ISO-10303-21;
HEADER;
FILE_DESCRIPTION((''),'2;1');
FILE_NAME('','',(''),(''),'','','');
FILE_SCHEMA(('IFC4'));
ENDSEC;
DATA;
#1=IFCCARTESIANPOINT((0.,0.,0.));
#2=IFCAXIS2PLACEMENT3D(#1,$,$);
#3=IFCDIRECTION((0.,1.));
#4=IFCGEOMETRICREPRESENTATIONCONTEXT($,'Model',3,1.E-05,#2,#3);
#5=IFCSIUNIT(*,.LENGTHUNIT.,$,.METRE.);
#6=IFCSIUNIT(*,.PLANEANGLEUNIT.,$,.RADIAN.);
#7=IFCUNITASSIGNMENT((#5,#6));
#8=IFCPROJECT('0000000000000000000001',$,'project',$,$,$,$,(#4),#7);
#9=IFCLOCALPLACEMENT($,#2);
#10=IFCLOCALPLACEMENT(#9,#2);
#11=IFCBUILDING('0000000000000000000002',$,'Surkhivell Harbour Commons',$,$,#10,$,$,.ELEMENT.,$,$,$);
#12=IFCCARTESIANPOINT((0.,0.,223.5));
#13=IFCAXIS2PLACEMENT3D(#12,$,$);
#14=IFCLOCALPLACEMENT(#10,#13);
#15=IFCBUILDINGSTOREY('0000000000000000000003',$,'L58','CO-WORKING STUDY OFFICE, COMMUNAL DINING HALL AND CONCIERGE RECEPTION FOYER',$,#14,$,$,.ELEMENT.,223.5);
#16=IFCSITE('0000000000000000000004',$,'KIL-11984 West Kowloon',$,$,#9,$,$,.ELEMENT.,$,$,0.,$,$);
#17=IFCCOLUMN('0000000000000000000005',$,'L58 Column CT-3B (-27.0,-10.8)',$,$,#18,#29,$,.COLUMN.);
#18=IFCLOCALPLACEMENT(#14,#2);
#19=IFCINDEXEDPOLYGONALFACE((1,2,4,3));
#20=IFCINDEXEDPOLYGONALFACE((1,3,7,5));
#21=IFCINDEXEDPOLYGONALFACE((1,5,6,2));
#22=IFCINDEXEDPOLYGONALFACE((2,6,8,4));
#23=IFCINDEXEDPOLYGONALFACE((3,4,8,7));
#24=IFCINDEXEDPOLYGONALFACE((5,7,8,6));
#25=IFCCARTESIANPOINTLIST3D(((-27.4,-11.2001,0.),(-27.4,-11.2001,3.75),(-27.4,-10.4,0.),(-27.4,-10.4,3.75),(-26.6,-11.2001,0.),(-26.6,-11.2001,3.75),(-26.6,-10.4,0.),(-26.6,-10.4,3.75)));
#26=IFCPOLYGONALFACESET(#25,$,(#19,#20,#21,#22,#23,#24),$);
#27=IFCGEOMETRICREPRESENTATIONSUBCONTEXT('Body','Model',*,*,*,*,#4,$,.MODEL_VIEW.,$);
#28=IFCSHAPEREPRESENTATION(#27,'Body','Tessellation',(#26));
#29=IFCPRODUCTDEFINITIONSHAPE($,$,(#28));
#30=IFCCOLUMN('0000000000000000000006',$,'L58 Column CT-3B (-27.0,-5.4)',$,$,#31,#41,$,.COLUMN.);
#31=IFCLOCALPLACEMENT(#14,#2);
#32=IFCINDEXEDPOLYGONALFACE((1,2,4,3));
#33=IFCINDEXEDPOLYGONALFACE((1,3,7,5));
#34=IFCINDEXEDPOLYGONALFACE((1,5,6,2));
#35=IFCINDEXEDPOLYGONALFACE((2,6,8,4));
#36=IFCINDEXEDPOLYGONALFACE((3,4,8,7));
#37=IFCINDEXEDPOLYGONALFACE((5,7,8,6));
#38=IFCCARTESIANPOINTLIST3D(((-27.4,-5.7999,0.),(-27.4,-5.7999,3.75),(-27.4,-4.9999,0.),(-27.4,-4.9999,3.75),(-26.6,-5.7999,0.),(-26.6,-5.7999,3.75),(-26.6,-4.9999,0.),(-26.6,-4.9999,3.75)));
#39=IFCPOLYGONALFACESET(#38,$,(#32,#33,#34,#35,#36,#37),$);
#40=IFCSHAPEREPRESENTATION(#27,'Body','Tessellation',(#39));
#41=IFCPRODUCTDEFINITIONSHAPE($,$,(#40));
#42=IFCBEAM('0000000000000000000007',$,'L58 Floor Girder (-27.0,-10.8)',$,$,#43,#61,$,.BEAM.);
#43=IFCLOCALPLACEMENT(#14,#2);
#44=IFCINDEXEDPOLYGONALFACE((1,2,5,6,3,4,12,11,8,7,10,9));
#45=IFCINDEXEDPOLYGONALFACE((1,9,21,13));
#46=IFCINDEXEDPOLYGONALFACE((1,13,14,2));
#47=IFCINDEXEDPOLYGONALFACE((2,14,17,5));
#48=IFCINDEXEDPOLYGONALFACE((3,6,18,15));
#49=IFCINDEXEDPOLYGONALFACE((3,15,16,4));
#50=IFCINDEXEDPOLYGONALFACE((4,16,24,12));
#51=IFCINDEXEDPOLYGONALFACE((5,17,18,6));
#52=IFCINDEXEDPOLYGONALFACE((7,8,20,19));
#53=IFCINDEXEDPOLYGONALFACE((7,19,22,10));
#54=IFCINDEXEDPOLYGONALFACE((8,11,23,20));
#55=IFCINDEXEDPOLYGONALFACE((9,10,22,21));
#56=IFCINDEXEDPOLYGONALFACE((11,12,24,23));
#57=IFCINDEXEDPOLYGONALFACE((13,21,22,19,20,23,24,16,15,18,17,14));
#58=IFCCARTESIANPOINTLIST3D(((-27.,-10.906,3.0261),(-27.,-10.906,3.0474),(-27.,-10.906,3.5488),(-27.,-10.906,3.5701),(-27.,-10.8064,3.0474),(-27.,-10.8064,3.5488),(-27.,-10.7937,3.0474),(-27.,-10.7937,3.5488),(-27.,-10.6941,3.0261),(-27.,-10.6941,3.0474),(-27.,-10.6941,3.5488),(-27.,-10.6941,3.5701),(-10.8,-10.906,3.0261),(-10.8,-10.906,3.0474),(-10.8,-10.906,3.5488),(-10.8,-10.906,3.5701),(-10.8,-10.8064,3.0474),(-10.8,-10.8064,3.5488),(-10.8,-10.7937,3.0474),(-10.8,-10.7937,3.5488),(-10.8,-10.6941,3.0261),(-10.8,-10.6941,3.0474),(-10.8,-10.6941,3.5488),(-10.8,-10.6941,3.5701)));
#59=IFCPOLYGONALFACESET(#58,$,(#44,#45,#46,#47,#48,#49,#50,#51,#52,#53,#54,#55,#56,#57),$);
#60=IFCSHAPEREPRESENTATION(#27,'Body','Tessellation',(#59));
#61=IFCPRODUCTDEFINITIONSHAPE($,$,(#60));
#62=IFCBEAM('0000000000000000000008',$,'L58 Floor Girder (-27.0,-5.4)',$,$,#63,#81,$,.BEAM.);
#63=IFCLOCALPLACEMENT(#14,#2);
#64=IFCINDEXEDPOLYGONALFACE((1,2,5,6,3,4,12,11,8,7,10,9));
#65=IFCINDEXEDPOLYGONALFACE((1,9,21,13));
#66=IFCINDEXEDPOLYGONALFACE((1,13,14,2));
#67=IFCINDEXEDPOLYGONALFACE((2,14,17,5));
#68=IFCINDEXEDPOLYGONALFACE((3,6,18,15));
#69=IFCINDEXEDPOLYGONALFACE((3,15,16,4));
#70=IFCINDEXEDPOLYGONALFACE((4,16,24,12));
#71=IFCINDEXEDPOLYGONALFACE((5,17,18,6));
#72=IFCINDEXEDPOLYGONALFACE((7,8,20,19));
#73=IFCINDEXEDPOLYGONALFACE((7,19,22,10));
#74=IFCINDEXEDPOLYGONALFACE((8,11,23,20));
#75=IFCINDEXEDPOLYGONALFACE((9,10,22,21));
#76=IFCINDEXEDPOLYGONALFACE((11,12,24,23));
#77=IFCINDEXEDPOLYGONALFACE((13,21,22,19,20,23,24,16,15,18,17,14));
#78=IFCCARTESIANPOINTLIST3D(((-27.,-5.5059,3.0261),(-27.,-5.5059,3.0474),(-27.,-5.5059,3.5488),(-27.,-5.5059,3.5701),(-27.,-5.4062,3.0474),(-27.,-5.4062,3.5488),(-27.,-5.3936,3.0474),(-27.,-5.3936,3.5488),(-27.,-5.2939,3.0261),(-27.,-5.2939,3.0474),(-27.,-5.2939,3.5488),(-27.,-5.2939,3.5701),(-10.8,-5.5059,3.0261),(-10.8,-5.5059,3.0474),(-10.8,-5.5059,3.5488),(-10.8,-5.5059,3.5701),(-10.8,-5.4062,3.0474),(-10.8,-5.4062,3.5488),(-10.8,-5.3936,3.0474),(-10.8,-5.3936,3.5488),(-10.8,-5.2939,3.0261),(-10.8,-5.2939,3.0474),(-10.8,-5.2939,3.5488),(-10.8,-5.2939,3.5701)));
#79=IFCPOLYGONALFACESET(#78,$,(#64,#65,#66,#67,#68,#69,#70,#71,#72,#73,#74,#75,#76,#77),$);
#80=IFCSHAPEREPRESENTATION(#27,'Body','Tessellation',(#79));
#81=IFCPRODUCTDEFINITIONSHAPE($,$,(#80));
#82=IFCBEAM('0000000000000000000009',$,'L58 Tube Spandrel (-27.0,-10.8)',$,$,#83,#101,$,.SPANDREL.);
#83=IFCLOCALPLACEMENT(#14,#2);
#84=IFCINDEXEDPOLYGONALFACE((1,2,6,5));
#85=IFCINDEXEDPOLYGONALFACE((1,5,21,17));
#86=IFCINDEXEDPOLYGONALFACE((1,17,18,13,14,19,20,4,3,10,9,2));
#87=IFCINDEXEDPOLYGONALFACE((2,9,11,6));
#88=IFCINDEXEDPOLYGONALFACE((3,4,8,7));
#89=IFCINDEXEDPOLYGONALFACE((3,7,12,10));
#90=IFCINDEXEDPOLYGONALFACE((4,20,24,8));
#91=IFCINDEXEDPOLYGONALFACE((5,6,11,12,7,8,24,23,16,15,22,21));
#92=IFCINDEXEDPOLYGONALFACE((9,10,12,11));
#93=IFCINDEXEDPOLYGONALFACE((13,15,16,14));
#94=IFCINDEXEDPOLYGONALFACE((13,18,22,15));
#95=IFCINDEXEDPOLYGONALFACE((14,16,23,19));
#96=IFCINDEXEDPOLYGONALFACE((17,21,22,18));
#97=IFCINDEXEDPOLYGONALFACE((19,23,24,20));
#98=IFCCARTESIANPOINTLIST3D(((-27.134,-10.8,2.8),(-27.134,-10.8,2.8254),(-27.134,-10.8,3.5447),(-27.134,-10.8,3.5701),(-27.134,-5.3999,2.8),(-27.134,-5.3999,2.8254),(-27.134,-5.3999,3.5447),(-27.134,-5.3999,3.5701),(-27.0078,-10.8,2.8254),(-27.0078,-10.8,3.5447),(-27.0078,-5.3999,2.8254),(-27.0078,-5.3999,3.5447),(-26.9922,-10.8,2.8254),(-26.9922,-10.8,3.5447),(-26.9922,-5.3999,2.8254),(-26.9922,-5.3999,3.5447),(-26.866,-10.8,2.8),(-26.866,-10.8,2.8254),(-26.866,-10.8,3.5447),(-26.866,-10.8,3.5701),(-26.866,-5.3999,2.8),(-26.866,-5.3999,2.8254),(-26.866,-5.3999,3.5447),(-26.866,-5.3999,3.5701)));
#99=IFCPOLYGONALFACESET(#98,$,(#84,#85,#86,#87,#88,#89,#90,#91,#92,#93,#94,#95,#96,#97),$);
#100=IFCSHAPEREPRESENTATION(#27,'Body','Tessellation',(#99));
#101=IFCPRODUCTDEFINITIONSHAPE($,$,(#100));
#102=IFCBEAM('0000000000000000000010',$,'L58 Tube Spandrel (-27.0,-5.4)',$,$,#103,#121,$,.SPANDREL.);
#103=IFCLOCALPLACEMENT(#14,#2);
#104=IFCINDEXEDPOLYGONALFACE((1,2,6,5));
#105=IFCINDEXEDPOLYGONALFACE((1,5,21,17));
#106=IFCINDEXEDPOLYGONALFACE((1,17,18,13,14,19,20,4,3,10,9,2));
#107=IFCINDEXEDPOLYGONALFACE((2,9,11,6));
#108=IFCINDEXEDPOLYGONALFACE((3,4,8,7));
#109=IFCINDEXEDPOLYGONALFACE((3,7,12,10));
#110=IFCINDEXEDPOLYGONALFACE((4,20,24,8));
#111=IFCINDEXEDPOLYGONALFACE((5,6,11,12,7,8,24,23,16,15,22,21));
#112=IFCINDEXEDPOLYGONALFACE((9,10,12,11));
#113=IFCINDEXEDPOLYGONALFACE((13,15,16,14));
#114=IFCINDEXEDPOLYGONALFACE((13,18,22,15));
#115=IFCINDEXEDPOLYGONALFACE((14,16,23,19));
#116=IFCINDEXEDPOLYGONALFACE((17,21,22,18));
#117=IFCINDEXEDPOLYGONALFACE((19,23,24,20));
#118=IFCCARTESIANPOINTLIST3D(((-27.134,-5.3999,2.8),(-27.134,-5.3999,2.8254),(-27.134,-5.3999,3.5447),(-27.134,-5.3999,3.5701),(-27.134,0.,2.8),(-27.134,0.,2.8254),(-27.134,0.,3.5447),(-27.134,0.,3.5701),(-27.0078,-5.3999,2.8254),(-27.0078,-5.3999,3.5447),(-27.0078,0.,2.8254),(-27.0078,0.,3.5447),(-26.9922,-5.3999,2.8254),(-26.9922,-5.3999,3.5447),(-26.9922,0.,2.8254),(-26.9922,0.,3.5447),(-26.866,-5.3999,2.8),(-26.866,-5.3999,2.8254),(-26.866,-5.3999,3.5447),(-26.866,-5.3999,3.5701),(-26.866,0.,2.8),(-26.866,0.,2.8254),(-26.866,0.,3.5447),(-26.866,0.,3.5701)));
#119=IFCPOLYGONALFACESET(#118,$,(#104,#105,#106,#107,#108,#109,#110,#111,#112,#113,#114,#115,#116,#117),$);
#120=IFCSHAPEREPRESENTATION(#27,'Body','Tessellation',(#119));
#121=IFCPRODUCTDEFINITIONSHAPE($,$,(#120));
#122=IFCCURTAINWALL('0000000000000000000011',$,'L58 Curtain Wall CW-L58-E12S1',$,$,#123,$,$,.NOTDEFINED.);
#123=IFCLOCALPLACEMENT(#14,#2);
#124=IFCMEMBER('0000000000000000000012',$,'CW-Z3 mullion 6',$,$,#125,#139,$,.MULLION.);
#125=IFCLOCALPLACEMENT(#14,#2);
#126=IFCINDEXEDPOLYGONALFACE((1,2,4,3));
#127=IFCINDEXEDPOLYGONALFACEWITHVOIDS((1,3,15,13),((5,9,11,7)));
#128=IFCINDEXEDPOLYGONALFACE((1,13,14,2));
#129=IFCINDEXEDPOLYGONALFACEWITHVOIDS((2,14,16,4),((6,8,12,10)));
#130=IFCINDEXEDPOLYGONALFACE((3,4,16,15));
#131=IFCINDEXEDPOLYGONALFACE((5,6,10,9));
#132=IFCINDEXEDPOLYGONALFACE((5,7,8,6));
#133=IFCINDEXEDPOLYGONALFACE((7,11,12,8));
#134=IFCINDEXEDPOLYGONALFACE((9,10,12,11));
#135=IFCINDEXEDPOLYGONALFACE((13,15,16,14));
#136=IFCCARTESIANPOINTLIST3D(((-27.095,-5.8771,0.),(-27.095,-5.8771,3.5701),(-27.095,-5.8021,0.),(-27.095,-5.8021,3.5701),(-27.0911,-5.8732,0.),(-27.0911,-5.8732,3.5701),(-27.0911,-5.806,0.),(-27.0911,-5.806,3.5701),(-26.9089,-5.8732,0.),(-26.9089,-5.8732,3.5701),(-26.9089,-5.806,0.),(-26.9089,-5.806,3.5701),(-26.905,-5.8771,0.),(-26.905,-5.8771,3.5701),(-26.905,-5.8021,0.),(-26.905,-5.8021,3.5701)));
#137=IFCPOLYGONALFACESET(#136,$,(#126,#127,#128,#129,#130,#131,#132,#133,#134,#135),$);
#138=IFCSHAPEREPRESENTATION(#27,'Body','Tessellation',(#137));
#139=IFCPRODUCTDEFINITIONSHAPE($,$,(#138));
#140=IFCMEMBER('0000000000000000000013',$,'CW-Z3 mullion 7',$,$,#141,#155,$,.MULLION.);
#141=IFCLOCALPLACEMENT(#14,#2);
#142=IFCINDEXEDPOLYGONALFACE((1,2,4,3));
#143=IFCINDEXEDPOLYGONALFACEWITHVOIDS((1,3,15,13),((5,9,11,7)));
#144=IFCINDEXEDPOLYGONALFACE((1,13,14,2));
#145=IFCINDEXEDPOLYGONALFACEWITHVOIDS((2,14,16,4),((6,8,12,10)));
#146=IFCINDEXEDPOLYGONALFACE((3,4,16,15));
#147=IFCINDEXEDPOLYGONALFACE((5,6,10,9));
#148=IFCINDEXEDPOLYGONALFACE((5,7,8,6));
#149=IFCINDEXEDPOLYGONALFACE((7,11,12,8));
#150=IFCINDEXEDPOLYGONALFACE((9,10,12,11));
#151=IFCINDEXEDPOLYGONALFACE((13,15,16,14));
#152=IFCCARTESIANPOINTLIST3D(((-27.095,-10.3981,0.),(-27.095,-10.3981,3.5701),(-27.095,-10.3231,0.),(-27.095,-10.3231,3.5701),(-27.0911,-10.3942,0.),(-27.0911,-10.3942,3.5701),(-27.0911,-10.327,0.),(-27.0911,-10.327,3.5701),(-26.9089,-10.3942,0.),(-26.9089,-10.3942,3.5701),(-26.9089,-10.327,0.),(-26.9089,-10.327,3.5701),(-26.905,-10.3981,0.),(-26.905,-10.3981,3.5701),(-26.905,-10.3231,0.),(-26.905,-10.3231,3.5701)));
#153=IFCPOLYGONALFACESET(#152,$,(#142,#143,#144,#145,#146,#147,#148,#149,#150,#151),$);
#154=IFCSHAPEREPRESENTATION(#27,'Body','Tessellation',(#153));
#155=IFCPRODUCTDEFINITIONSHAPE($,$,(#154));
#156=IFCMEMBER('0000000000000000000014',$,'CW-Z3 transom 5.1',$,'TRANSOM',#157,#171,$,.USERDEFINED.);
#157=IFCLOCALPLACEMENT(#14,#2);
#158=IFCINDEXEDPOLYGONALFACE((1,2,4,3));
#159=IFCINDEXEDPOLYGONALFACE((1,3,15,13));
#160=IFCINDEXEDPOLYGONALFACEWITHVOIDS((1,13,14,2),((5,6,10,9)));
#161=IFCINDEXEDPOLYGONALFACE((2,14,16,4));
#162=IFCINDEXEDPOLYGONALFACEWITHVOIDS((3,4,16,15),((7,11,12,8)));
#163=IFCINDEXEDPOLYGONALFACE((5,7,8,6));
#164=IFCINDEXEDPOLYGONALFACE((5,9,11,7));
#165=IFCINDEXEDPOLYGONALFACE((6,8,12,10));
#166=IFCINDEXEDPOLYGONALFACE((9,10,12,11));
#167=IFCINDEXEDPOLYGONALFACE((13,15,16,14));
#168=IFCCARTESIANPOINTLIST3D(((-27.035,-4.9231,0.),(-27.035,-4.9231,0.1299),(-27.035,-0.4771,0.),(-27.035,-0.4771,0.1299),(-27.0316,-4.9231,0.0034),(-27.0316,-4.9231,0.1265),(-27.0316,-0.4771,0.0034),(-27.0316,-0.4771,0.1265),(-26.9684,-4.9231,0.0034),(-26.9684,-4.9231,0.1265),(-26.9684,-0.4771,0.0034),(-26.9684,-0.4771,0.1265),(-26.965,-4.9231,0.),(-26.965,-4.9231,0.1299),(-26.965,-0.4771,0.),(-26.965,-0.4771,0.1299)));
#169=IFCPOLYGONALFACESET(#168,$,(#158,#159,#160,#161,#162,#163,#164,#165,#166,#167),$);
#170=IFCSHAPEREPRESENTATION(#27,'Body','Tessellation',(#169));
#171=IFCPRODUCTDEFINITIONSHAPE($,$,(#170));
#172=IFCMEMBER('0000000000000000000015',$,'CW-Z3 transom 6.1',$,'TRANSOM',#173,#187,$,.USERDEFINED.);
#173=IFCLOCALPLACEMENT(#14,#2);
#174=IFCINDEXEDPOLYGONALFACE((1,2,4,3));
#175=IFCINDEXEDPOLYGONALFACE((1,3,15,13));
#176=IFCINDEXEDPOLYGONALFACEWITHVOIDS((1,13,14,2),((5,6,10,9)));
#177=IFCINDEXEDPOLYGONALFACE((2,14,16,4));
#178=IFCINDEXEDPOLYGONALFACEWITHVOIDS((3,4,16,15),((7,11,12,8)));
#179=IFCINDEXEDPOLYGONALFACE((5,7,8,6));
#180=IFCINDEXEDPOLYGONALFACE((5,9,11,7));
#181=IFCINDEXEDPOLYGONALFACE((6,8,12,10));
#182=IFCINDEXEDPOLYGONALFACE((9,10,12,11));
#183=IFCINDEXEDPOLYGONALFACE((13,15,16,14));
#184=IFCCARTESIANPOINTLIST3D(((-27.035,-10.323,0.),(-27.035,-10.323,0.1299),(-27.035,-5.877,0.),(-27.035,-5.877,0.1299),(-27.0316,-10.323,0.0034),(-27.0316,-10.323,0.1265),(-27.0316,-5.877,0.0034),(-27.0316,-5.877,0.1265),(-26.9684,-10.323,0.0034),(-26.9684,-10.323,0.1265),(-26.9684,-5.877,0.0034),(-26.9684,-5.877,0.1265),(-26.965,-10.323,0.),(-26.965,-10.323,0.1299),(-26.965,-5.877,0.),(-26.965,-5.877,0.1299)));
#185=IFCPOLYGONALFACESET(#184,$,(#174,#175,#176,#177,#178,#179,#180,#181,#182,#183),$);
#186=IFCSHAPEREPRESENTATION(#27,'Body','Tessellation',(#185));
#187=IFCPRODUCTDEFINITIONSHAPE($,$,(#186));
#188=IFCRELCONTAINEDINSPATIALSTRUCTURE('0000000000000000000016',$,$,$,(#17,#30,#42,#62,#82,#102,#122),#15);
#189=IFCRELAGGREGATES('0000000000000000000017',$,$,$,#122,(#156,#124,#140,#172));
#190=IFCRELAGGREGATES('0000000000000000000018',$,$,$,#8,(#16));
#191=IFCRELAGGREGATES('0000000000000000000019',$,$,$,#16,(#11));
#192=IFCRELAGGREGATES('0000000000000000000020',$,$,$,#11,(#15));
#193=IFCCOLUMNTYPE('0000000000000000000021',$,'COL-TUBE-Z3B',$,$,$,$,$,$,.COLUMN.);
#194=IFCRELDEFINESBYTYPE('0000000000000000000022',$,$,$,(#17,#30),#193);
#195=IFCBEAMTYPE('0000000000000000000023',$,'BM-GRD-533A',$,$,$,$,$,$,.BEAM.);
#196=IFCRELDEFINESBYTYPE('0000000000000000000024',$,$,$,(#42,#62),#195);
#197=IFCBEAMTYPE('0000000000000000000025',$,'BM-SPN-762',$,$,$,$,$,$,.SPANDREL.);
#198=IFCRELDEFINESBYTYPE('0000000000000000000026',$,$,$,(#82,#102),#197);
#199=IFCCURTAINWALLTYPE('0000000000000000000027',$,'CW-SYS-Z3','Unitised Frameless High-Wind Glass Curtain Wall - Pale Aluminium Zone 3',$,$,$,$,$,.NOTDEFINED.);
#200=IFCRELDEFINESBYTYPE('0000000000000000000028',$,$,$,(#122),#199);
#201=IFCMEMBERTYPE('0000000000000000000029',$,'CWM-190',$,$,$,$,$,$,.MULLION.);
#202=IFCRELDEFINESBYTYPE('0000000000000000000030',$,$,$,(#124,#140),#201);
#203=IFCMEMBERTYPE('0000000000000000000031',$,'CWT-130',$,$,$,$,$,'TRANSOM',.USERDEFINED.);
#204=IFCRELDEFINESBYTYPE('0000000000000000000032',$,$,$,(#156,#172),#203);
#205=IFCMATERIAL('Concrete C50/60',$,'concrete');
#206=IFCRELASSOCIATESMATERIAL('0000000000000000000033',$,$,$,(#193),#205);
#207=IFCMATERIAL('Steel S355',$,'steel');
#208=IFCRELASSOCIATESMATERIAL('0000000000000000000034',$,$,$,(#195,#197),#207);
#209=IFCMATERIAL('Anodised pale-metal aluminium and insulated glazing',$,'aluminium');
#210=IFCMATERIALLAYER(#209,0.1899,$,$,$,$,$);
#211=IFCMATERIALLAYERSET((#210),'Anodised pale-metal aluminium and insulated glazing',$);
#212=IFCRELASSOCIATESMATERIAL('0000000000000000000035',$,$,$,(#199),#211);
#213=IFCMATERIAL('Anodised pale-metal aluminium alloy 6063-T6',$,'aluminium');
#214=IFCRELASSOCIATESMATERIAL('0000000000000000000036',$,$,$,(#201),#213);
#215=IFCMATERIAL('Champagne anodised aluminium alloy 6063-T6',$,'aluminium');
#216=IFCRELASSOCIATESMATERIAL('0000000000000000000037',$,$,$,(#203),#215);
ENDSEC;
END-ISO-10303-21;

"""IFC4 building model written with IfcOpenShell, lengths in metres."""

from ifc_helpers import new_model, si_unit, direction, frame, origin, origin_2d, place, context, subcontext, project, spatial, rectangle, hollow_rectangle, i_section, extrude, material, layer, layer_set, material_profile, profile_set, type_object, element, aggregate, save


model = new_model("IFC4")

# Units and contexts
model_context = context("Model", 3, precision=1e-05, world=origin(), true_north=direction((0.0, 1.0)))
body_context = subcontext(model_context, "Body", "Model", "MODEL_VIEW")
ifc_project = project(units=[si_unit("LENGTHUNIT", "METRE"), si_unit("PLANEANGLEUNIT", "RADIAN")], contexts=[model_context])

# Site, building, storey
site_placement = place(None, origin())
site = spatial("IfcSite", under=ifc_project, at=site_placement, Name="KIL-11984 West Kowloon", CompositionType="ELEMENT", RefElevation=0.0)
building_placement = place(site_placement, origin())
building = spatial("IfcBuilding", under=site, at=building_placement, Name="Surkhivell Harbour Commons", CompositionType="ELEMENT")
storey_placement = place(building_placement, frame((0.0, 0.0, 223.5)))
storey = spatial("IfcBuildingStorey", under=building, at=storey_placement, Name="L58", Description="CO-WORKING STUDY OFFICE, COMMUNAL DINING HALL AND CONCIERGE RECEPTION FOYER", CompositionType="ELEMENT", Elevation=223.5)

# Columns
ifc_material_1 = material(Name="Concrete C50/60", Category="concrete")
ifc_material_profile_1 = material_profile(ifc_material_1, rectangle(XDim=0.8, YDim=0.8, at=origin_2d()), Name="RC-COL-800x800")
ifc_profile_set_1 = profile_set([ifc_material_profile_1], Name="Concrete C50/60")
column_type = type_object("IfcColumnType", Name="COL-TUBE-Z3B", PredefinedType="COLUMN", material=ifc_profile_set_1)
for number, where, z_axis, x_axis, name in (
    (1, (-27.0, -10.8, 0.0), (0.0, 0.0, 1.0), (1.0, 0.0, 0.0), "L58 Column CT-3B (-27.0,-10.8)"),
    (2, (-27.0, -5.3999, 0.0), (0.0, 0.0, 1.0), (1.0, 0.0, 0.0), "L58 Column CT-3B (-27.0,-5.4)"),
):
    element("IfcColumn", number, at=place(storey_placement, frame(where, z_axis=z_axis, x_axis=x_axis)), inside=storey, type_object=column_type, Name=name, PredefinedType="COLUMN", context=body_context, shape_type="SweptSolid", body=[
        extrude(rectangle(XDim=0.8, YDim=0.8, at=origin_2d()), origin(), (0.0, 0.0, 1.0), 3.75),
    ])

# Beams
ifc_material_2 = material(Name="Steel S355", Category="steel")
ifc_material_profile_2 = material_profile(ifc_material_2, i_section(OverallWidth=0.2119, OverallDepth=0.5439, WebThickness=0.0127, FlangeThickness=0.0212, at=origin_2d()), Name="UB533x210x122")
ifc_profile_set_2 = profile_set([ifc_material_profile_2], Name="Steel S355")
beam_type_1 = type_object("IfcBeamType", Name="BM-GRD-533A", PredefinedType="BEAM", material=ifc_profile_set_2)
for number, where, z_axis, x_axis, name in (
    (3, (-27.0, -10.8, 3.2981), (1.0, 0.0, 0.0), (0.0, 1.0, 0.0), "L58 Floor Girder (-27.0,-10.8)"),
    (4, (-27.0, -5.3999, 3.2981), (1.0, 0.0, 0.0), (0.0, 1.0, 0.0), "L58 Floor Girder (-27.0,-5.4)"),
):
    element("IfcBeam", number, at=place(storey_placement, frame(where, z_axis=z_axis, x_axis=x_axis)), inside=storey, type_object=beam_type_1, Name=name, PredefinedType="BEAM", context=body_context, shape_type="SweptSolid", body=[
        extrude(i_section(OverallWidth=0.2119, OverallDepth=0.5439, WebThickness=0.0127, FlangeThickness=0.0212, at=origin_2d()), origin(), (0.0, 0.0, 1.0), 16.2),
    ])
ifc_material_profile_3 = material_profile(ifc_material_2, i_section(OverallWidth=0.2681, OverallDepth=0.77, WebThickness=0.0156, FlangeThickness=0.0254, at=origin_2d()), Name="UB762x267x197")
ifc_profile_set_3 = profile_set([ifc_material_profile_3], Name="Steel S355")
beam_type_2 = type_object("IfcBeamType", Name="BM-SPN-762", PredefinedType="SPANDREL", material=ifc_profile_set_3)
beam_1_placement = place(storey_placement, frame((-27.0, -10.8, 3.1851), z_axis=(0.0, 1.0, 0.0), x_axis=(-1.0, 0.0, 0.0)))
element("IfcBeam", 5, at=beam_1_placement, inside=storey, type_object=beam_type_2, Name="L58 Tube Spandrel (-27.0,-10.8)", PredefinedType="SPANDREL", context=body_context, shape_type="SweptSolid", body=[
    extrude(i_section(OverallWidth=0.2681, OverallDepth=0.77, WebThickness=0.0156, FlangeThickness=0.0254, at=origin_2d()), origin(), (0.0, 0.0, 1.0), 5.4001),
])
beam_2_placement = place(storey_placement, frame((-27.0, -5.3999, 3.1851), z_axis=(0.0, 1.0, 0.0), x_axis=(-1.0, 0.0, 0.0)))
element("IfcBeam", 6, at=beam_2_placement, inside=storey, type_object=beam_type_2, Name="L58 Tube Spandrel (-27.0,-5.4)", PredefinedType="SPANDREL", context=body_context, shape_type="SweptSolid", body=[
    extrude(i_section(OverallWidth=0.2681, OverallDepth=0.77, WebThickness=0.0156, FlangeThickness=0.0254, at=origin_2d()), origin(), (0.0, 0.0, 1.0), 5.3999),
])

# Curtain wall, members
ifc_material_3 = material(Name="Anodised pale-metal aluminium and insulated glazing", Category="aluminium")
ifc_layer_1 = layer(ifc_material_3, 0.1899)
ifc_layer_set_1 = layer_set([ifc_layer_1], Name="Anodised pale-metal aluminium and insulated glazing")
curtain_wall_type = type_object("IfcCurtainWallType", Name="CW-SYS-Z3", Description="Unitised Frameless High-Wind Glass Curtain Wall - Pale Aluminium Zone 3", PredefinedType="NOTDEFINED", material=ifc_layer_set_1)
curtain_wall_placement = place(storey_placement, origin())
curtain_wall = element("IfcCurtainWall", 7, at=curtain_wall_placement, inside=storey, type_object=curtain_wall_type, Name="L58 Curtain Wall CW-L58-E12S1", PredefinedType="NOTDEFINED")
ifc_material_4 = material(Name="Anodised pale-metal aluminium alloy 6063-T6", Category="aluminium")
ifc_material_profile_4 = material_profile(ifc_material_4, hollow_rectangle(XDim=0.075, YDim=0.1899, WallThickness=0.0039, at=origin_2d()), Name="ALU-MULL-75x190")
ifc_profile_set_4 = profile_set([ifc_material_profile_4], Name="Anodised pale-metal aluminium alloy 6063-T6")
member_type_1 = type_object("IfcMemberType", Name="CWM-190", PredefinedType="MULLION", material=ifc_profile_set_4)
member_1_placement = place(storey_placement, frame((-27.0, -5.8396, 0.0), z_axis=(0.0, 0.0, 1.0), x_axis=(0.0, -1.0, 0.0)))
member_1 = element("IfcMember", 8, at=member_1_placement, type_object=member_type_1, Name="CW-Z3 mullion 6", PredefinedType="MULLION", context=body_context, shape_type="SweptSolid", body=[
    extrude(hollow_rectangle(XDim=0.075, YDim=0.1899, WallThickness=0.0039, at=origin_2d()), origin(), (0.0, 0.0, 1.0), 3.5701),
])
member_2_placement = place(storey_placement, frame((-27.0, -10.3606, 0.0), z_axis=(0.0, 0.0, 1.0), x_axis=(0.0, -1.0, 0.0)))
member_2 = element("IfcMember", 9, at=member_2_placement, type_object=member_type_1, Name="CW-Z3 mullion 7", PredefinedType="MULLION", context=body_context, shape_type="SweptSolid", body=[
    extrude(hollow_rectangle(XDim=0.075, YDim=0.1899, WallThickness=0.0039, at=origin_2d()), origin(), (0.0, 0.0, 1.0), 3.5701),
])
ifc_material_5 = material(Name="Champagne anodised aluminium alloy 6063-T6", Category="aluminium")
ifc_material_profile_5 = material_profile(ifc_material_5, hollow_rectangle(XDim=0.0701, YDim=0.1299, WallThickness=0.0034, at=origin_2d()), Name="ALU-TRAN-70x130")
ifc_profile_set_5 = profile_set([ifc_material_profile_5], Name="Champagne anodised aluminium alloy 6063-T6")
member_type_2 = type_object("IfcMemberType", Name="CWT-130", ElementType="TRANSOM", PredefinedType="USERDEFINED", material=ifc_profile_set_5)
member_3_placement = place(storey_placement, frame((-27.0, -0.4771, 0.0649), z_axis=(0.0, -1.0, 0.0), x_axis=(1.0, 0.0, 0.0)))
member_3 = element("IfcMember", 10, at=member_3_placement, type_object=member_type_2, Name="CW-Z3 transom 5.1", ObjectType="TRANSOM", PredefinedType="USERDEFINED", context=body_context, shape_type="SweptSolid", body=[
    extrude(hollow_rectangle(XDim=0.0701, YDim=0.1299, WallThickness=0.0034, at=origin_2d()), origin(), (0.0, 0.0, 1.0), 4.446),
])
member_4_placement = place(storey_placement, frame((-27.0, -5.877, 0.0649), z_axis=(0.0, -1.0, 0.0), x_axis=(1.0, 0.0, 0.0)))
member_4 = element("IfcMember", 11, at=member_4_placement, type_object=member_type_2, Name="CW-Z3 transom 6.1", ObjectType="TRANSOM", PredefinedType="USERDEFINED", context=body_context, shape_type="SweptSolid", body=[
    extrude(hollow_rectangle(XDim=0.0701, YDim=0.1299, WallThickness=0.0034, at=origin_2d()), origin(), (0.0, 0.0, 1.0), 4.446),
])

aggregate(curtain_wall, [member_3, member_1, member_2, member_4])

save(model, "model.ifc")
